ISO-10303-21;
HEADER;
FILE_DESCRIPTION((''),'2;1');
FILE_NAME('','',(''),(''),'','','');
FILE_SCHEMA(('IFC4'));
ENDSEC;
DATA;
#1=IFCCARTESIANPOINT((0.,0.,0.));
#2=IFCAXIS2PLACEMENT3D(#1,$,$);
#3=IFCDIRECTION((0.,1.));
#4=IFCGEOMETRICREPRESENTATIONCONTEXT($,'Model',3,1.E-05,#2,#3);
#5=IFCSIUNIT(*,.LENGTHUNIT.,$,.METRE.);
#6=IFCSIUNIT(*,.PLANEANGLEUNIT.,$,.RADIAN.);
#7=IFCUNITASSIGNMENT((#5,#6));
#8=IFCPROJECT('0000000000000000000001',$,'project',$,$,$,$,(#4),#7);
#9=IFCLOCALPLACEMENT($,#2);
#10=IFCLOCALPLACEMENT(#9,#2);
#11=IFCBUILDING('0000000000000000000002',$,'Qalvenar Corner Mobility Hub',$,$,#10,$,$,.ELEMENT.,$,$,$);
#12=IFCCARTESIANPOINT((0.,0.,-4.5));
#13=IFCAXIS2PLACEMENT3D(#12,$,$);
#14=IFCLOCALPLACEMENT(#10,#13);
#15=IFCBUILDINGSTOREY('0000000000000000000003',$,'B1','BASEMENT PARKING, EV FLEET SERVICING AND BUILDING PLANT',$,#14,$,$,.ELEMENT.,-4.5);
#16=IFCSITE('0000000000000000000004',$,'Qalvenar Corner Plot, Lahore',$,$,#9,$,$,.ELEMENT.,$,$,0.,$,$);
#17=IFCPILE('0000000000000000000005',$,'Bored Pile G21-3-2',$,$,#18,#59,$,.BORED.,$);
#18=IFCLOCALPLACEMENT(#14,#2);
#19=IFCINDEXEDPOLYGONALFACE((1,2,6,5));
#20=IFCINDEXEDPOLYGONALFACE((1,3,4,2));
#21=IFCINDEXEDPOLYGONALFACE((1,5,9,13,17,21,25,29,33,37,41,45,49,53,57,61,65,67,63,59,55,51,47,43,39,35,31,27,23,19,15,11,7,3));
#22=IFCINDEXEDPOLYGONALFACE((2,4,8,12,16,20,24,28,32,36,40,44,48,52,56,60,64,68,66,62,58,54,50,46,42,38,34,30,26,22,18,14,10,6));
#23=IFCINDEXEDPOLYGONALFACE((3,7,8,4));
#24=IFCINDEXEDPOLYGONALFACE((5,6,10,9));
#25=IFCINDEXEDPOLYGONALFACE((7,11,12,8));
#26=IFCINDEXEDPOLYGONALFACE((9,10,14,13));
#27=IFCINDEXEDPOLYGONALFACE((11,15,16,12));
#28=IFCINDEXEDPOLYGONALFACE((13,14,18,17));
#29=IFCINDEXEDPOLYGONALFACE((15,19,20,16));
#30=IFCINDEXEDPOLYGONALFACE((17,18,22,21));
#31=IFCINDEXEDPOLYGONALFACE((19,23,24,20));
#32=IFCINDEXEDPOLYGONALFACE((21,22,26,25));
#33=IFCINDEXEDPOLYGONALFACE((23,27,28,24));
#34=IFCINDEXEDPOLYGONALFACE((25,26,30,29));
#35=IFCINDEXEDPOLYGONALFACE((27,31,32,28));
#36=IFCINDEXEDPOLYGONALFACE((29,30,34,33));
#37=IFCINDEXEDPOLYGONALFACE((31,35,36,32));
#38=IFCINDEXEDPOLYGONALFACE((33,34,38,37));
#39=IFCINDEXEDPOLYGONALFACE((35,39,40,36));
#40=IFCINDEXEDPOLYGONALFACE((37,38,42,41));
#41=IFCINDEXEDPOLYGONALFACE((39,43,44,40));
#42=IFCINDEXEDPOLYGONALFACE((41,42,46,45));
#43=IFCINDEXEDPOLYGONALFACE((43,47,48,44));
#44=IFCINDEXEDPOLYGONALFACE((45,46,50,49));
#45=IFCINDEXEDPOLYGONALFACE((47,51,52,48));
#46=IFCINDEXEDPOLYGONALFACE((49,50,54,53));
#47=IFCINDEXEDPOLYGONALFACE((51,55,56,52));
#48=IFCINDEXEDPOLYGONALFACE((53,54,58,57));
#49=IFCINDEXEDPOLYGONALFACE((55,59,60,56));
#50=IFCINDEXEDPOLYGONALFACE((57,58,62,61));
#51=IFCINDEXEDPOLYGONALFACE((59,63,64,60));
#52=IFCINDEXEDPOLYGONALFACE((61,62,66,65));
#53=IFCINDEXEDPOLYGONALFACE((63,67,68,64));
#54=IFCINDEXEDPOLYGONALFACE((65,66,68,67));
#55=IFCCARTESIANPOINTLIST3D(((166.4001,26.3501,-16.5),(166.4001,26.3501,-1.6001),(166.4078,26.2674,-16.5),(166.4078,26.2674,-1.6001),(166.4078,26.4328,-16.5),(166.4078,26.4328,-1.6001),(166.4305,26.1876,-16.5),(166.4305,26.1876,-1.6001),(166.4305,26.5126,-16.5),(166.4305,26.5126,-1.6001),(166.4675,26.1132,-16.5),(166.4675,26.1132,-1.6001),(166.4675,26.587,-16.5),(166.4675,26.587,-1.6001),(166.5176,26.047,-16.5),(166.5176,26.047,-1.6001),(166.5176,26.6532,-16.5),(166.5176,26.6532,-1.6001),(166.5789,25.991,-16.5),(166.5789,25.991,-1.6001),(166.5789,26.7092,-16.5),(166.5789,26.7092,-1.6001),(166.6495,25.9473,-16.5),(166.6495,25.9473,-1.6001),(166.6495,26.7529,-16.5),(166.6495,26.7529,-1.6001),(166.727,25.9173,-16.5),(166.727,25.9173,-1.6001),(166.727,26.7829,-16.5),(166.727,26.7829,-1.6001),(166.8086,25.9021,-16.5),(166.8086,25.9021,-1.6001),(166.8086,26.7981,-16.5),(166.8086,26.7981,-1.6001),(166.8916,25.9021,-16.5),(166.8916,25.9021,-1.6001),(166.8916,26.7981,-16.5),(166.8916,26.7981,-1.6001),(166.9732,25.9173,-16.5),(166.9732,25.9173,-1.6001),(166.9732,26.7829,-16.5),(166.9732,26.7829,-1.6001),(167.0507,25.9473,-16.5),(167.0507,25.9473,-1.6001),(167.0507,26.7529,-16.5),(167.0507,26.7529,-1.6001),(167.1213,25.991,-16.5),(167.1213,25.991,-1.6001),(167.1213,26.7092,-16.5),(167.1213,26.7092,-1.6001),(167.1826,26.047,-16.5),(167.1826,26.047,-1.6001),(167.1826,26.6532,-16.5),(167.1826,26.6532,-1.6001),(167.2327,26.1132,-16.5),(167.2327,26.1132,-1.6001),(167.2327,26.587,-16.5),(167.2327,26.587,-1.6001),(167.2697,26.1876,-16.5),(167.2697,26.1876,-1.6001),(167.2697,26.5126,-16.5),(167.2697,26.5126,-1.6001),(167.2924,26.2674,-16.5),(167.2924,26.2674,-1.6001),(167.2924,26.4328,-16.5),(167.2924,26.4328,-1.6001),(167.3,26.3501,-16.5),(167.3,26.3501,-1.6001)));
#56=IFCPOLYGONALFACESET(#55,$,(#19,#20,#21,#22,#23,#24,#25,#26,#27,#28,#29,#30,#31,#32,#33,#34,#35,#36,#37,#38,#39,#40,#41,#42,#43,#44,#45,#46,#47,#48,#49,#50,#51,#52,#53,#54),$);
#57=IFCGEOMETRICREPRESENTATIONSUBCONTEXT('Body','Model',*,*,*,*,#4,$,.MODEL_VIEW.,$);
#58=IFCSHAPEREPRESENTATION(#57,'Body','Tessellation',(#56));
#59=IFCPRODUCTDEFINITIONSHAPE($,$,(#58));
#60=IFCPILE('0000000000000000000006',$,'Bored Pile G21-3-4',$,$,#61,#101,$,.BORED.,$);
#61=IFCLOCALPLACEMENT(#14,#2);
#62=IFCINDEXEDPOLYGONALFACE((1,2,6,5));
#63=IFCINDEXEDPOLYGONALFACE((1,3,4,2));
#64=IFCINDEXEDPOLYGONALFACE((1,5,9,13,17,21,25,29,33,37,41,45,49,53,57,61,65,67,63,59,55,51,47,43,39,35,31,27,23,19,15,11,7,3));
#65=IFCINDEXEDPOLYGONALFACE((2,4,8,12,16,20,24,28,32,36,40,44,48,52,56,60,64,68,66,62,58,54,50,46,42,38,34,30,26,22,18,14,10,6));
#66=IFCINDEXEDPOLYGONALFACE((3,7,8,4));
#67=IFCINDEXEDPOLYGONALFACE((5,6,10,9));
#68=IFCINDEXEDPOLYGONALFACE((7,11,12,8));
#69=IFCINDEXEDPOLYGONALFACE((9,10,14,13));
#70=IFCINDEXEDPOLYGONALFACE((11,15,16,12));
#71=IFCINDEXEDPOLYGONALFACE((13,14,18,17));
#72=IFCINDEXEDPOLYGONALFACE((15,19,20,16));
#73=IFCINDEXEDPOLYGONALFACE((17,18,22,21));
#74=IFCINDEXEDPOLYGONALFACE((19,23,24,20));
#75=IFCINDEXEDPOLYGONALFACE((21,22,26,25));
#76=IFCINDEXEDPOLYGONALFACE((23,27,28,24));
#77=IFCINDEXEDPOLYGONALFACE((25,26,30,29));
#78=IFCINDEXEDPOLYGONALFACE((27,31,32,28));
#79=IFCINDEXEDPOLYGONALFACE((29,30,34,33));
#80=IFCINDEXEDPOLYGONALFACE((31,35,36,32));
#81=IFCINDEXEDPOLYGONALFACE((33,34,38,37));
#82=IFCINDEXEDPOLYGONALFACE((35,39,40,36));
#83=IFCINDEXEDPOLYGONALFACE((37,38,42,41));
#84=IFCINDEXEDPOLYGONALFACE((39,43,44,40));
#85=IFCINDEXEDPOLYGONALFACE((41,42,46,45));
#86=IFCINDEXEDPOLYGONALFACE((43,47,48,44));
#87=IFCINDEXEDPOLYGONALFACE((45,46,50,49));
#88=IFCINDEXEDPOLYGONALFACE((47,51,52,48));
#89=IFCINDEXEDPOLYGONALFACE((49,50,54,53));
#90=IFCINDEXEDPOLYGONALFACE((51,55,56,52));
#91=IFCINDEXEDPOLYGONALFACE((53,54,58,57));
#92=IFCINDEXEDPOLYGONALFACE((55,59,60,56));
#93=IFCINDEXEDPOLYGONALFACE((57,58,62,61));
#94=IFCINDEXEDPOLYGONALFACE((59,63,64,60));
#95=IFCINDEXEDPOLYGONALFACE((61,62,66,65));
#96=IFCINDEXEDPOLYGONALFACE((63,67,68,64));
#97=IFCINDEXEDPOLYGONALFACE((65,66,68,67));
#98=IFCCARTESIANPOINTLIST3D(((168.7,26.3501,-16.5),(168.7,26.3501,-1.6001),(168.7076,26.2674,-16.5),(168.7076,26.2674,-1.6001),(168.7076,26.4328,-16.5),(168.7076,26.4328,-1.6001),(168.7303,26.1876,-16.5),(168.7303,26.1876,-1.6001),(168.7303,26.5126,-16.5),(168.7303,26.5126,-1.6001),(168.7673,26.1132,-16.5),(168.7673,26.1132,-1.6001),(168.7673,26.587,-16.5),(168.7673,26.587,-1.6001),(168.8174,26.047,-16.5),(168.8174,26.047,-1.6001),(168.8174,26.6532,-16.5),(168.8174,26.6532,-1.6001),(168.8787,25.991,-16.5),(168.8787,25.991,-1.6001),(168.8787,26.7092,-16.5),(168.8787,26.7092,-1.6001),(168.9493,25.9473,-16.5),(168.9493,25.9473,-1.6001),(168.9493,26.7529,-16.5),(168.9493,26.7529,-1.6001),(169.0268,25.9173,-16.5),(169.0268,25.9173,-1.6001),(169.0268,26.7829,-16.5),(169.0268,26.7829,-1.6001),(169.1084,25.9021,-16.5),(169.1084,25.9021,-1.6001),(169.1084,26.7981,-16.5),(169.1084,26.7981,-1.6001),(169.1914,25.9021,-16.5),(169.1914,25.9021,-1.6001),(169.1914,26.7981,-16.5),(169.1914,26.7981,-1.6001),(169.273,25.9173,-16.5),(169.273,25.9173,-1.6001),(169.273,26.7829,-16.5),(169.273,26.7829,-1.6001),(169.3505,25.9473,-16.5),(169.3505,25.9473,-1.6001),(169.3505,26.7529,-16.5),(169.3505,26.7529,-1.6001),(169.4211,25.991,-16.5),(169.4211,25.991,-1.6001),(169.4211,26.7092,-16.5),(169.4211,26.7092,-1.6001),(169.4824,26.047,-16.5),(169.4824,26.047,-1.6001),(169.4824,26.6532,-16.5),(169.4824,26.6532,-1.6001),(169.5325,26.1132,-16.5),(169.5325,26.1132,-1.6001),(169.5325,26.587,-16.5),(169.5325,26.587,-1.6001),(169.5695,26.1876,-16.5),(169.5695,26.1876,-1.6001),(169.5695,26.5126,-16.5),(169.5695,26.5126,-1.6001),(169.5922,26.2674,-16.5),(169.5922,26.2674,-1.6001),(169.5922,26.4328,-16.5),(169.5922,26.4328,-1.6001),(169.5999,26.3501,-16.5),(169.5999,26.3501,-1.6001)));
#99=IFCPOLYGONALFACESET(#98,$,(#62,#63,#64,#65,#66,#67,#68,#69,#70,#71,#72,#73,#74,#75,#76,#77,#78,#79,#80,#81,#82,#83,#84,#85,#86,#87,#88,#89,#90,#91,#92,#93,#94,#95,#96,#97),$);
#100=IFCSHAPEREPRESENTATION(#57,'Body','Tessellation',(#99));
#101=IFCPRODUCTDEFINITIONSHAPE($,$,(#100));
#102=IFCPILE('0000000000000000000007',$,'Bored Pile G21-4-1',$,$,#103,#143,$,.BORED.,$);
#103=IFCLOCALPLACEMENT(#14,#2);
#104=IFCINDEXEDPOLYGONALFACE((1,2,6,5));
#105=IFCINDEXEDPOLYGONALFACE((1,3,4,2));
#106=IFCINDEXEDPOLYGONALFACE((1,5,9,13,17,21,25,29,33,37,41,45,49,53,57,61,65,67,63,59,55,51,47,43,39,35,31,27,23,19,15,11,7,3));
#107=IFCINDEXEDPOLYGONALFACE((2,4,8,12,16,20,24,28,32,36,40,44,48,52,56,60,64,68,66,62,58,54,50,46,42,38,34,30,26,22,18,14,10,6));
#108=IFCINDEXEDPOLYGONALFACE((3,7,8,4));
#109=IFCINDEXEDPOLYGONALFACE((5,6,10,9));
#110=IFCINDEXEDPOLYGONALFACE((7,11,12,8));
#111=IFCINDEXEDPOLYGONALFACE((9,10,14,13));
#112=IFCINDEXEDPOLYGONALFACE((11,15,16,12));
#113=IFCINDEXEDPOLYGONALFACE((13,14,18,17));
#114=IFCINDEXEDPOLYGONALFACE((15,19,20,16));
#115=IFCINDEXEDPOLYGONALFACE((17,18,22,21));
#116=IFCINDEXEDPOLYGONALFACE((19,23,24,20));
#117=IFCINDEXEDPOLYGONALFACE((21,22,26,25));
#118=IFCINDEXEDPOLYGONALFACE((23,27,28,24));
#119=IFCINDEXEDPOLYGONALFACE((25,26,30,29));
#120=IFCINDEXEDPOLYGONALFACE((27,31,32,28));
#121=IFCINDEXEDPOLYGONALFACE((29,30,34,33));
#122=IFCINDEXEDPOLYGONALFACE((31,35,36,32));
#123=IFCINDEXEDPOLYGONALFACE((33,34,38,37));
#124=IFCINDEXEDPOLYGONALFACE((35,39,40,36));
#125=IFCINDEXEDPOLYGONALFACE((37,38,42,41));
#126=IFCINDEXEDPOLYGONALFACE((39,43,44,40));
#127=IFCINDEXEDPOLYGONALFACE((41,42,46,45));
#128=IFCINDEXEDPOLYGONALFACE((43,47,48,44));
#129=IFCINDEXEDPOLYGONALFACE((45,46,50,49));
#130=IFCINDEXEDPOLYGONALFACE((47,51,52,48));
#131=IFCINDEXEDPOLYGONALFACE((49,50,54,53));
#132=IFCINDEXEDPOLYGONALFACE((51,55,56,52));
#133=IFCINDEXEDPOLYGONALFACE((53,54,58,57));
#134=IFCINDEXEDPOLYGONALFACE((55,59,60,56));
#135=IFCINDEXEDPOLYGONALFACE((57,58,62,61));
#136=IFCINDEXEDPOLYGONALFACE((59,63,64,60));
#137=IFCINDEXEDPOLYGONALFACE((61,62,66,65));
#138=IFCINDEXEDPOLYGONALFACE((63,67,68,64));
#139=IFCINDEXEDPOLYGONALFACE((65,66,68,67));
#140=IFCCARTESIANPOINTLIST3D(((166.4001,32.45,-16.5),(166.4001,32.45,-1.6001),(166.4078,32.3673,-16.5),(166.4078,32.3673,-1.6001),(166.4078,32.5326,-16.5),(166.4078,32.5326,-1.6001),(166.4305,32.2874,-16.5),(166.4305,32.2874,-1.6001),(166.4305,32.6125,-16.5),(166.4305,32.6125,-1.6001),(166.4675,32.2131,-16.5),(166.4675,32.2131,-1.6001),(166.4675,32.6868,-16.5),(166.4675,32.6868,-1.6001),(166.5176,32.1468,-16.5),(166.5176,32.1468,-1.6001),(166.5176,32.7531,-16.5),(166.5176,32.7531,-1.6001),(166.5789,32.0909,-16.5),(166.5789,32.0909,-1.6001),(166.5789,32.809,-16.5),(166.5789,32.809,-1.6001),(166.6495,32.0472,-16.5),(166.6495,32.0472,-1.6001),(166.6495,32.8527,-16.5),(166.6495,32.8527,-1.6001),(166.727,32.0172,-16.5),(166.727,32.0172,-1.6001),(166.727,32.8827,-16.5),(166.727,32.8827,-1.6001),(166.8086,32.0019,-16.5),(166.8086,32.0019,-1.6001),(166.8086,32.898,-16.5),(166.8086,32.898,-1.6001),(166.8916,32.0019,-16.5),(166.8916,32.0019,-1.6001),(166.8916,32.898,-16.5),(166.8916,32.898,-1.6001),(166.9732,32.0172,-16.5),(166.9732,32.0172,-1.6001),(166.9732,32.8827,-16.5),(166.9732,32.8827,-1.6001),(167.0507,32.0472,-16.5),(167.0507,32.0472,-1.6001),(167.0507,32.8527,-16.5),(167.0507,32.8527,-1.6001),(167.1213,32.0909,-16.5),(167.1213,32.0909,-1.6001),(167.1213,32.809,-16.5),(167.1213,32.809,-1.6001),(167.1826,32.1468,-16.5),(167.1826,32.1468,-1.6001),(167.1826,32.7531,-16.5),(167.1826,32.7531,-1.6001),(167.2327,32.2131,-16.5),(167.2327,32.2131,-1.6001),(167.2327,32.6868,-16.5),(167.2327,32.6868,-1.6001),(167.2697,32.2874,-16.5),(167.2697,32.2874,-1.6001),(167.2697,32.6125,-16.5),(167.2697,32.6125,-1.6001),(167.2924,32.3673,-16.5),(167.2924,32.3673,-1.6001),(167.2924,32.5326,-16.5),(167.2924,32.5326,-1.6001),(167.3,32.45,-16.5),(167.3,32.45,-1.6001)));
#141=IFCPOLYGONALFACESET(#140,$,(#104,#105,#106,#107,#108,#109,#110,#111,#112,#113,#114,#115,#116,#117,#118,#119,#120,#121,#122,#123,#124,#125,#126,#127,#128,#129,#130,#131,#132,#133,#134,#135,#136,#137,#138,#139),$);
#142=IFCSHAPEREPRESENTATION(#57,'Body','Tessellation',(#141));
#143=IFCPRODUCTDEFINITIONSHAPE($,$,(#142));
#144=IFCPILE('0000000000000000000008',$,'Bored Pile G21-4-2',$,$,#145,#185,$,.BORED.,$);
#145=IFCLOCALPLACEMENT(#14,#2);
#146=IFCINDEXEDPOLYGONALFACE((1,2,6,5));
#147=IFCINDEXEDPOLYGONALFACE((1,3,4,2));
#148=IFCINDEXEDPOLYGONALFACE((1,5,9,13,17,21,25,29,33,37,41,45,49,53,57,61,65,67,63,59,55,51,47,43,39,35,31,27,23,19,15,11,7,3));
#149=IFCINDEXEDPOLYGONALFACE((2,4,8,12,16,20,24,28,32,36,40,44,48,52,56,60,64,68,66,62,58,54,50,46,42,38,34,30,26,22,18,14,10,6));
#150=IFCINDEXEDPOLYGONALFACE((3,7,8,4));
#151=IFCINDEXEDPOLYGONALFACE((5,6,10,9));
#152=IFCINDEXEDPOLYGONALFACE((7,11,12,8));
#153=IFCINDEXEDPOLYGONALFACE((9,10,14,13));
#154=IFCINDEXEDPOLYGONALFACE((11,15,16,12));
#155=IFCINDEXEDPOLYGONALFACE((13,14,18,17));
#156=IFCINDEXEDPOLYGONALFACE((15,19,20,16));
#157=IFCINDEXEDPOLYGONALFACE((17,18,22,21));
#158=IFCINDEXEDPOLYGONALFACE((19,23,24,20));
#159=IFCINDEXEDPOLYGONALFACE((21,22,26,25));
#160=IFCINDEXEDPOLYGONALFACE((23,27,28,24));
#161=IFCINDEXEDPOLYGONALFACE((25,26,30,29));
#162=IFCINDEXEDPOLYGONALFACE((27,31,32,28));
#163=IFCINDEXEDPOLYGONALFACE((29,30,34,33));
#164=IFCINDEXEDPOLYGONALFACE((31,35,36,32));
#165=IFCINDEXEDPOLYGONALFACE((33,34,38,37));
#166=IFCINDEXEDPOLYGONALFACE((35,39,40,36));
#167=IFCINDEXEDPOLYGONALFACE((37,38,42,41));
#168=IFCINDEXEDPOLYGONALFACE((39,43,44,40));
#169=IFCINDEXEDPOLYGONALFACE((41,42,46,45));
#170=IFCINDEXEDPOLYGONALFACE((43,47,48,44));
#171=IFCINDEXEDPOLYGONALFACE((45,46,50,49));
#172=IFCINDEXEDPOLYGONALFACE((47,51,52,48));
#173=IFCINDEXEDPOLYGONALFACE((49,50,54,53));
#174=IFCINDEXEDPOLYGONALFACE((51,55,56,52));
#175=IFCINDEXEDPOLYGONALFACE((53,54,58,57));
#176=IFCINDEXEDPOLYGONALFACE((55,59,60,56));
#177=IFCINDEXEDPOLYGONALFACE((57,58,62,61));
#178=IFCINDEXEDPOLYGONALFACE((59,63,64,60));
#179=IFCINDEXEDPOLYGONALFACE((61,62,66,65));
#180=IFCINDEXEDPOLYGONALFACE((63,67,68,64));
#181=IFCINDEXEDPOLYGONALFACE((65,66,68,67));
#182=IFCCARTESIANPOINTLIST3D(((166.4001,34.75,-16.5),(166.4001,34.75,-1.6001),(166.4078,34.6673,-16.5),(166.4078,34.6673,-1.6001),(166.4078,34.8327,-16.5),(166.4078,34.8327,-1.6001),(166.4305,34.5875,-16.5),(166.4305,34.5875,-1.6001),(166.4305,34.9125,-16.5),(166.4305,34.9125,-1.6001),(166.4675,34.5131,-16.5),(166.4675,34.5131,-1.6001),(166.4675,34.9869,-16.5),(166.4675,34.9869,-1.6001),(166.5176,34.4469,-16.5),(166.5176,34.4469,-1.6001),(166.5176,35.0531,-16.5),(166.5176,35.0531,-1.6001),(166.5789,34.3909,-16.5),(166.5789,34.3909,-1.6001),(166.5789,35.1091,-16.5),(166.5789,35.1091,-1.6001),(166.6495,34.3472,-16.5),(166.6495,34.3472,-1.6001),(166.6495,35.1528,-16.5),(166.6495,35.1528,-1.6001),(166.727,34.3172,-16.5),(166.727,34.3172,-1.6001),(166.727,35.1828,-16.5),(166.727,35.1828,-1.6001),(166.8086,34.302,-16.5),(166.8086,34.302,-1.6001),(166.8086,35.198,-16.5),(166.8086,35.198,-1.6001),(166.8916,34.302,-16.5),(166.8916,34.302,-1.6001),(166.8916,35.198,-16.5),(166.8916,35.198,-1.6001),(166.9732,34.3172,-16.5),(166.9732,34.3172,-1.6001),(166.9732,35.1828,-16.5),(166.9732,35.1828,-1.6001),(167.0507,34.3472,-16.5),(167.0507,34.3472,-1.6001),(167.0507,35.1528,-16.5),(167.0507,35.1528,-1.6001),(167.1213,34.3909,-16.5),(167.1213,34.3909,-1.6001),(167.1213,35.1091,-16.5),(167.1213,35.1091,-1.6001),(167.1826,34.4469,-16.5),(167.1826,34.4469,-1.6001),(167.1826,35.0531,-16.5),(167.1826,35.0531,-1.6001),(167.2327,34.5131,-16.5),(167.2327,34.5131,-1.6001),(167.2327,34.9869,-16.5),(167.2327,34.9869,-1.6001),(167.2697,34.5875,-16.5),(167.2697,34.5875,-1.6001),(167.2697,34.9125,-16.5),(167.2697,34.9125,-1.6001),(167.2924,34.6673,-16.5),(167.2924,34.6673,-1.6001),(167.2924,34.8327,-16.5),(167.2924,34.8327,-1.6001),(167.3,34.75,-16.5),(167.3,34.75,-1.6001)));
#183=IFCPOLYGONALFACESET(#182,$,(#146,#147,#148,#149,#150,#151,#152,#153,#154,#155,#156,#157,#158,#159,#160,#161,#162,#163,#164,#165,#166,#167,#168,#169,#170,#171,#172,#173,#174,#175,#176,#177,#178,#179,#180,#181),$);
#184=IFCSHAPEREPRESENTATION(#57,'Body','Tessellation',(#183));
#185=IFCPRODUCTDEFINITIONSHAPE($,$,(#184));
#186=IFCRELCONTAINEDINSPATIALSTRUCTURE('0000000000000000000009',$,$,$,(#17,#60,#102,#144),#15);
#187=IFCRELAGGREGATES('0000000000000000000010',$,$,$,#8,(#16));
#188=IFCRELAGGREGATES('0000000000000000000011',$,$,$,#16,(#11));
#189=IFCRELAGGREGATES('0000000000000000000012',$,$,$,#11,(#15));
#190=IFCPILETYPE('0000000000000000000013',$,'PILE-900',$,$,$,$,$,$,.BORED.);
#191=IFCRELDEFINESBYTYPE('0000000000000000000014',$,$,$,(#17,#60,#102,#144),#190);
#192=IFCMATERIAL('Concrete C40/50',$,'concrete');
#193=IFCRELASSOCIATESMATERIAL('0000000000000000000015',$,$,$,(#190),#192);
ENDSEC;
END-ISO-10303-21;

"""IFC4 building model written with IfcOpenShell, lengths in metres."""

from ifc_helpers import new_model, si_unit, direction, frame, origin, origin_2d, place, context, subcontext, project, spatial, circle, extrude, material, material_profile, profile_set, type_object, element, save


model = new_model("IFC4")

# Units and contexts
model_context = context("Model", 3, precision=1e-05, world=origin(), true_north=direction((0.0, 1.0)))
body_context = subcontext(model_context, "Body", "Model", "MODEL_VIEW")
ifc_project = project(units=[si_unit("LENGTHUNIT", "METRE"), si_unit("PLANEANGLEUNIT", "RADIAN")], contexts=[model_context])

# Site, building, storey
site_placement = place(None, origin())
site = spatial("IfcSite", under=ifc_project, at=site_placement, Name="Qalvenar Corner Plot, Lahore", CompositionType="ELEMENT", RefElevation=0.0)
building_placement = place(site_placement, origin())
building = spatial("IfcBuilding", under=site, at=building_placement, Name="Qalvenar Corner Mobility Hub", CompositionType="ELEMENT")
storey_placement = place(building_placement, frame((0.0, 0.0, -4.5)))
storey = spatial("IfcBuildingStorey", under=building, at=storey_placement, Name="B1", Description="BASEMENT PARKING, EV FLEET SERVICING AND BUILDING PLANT", CompositionType="ELEMENT", Elevation=-4.5)

# Shared definitions
ifc_material_1 = material(Name="Concrete C40/50", Category="concrete")

# Piles
ifc_material_profile_1 = material_profile(ifc_material_1, circle(Radius=0.45, at=origin_2d()), Name="DIA900")
ifc_profile_set_1 = profile_set([ifc_material_profile_1], Name="Concrete C40/50")
pile_type = type_object("IfcPileType", Name="PILE-900", PredefinedType="BORED", material=ifc_profile_set_1)
for number, where, z_axis, x_axis, name in (
    (1, (166.8501, 26.3501, -1.6001), (0.0, 0.0, -1.0), (1.0, 0.0, 0.0), "Bored Pile G21-3-2"),
    (2, (169.1499, 26.3501, -1.6001), (0.0, 0.0, -1.0), (1.0, 0.0, 0.0), "Bored Pile G21-3-4"),
    (3, (166.8501, 32.45, -1.6001), (0.0, 0.0, -1.0), (1.0, 0.0, 0.0), "Bored Pile G21-4-1"),
    (4, (166.8501, 34.75, -1.6001), (0.0, 0.0, -1.0), (1.0, 0.0, 0.0), "Bored Pile G21-4-2"),
):
    element("IfcPile", number, at=place(storey_placement, frame(where, z_axis=z_axis, x_axis=x_axis)), inside=storey, type_object=pile_type, Name=name, PredefinedType="BORED", context=body_context, shape_type="SweptSolid", body=[
        extrude(circle(Radius=0.45, at=origin_2d()), origin(), (0.0, 0.0, 1.0), 14.8999),
    ])

save(model, "model.ifc")
